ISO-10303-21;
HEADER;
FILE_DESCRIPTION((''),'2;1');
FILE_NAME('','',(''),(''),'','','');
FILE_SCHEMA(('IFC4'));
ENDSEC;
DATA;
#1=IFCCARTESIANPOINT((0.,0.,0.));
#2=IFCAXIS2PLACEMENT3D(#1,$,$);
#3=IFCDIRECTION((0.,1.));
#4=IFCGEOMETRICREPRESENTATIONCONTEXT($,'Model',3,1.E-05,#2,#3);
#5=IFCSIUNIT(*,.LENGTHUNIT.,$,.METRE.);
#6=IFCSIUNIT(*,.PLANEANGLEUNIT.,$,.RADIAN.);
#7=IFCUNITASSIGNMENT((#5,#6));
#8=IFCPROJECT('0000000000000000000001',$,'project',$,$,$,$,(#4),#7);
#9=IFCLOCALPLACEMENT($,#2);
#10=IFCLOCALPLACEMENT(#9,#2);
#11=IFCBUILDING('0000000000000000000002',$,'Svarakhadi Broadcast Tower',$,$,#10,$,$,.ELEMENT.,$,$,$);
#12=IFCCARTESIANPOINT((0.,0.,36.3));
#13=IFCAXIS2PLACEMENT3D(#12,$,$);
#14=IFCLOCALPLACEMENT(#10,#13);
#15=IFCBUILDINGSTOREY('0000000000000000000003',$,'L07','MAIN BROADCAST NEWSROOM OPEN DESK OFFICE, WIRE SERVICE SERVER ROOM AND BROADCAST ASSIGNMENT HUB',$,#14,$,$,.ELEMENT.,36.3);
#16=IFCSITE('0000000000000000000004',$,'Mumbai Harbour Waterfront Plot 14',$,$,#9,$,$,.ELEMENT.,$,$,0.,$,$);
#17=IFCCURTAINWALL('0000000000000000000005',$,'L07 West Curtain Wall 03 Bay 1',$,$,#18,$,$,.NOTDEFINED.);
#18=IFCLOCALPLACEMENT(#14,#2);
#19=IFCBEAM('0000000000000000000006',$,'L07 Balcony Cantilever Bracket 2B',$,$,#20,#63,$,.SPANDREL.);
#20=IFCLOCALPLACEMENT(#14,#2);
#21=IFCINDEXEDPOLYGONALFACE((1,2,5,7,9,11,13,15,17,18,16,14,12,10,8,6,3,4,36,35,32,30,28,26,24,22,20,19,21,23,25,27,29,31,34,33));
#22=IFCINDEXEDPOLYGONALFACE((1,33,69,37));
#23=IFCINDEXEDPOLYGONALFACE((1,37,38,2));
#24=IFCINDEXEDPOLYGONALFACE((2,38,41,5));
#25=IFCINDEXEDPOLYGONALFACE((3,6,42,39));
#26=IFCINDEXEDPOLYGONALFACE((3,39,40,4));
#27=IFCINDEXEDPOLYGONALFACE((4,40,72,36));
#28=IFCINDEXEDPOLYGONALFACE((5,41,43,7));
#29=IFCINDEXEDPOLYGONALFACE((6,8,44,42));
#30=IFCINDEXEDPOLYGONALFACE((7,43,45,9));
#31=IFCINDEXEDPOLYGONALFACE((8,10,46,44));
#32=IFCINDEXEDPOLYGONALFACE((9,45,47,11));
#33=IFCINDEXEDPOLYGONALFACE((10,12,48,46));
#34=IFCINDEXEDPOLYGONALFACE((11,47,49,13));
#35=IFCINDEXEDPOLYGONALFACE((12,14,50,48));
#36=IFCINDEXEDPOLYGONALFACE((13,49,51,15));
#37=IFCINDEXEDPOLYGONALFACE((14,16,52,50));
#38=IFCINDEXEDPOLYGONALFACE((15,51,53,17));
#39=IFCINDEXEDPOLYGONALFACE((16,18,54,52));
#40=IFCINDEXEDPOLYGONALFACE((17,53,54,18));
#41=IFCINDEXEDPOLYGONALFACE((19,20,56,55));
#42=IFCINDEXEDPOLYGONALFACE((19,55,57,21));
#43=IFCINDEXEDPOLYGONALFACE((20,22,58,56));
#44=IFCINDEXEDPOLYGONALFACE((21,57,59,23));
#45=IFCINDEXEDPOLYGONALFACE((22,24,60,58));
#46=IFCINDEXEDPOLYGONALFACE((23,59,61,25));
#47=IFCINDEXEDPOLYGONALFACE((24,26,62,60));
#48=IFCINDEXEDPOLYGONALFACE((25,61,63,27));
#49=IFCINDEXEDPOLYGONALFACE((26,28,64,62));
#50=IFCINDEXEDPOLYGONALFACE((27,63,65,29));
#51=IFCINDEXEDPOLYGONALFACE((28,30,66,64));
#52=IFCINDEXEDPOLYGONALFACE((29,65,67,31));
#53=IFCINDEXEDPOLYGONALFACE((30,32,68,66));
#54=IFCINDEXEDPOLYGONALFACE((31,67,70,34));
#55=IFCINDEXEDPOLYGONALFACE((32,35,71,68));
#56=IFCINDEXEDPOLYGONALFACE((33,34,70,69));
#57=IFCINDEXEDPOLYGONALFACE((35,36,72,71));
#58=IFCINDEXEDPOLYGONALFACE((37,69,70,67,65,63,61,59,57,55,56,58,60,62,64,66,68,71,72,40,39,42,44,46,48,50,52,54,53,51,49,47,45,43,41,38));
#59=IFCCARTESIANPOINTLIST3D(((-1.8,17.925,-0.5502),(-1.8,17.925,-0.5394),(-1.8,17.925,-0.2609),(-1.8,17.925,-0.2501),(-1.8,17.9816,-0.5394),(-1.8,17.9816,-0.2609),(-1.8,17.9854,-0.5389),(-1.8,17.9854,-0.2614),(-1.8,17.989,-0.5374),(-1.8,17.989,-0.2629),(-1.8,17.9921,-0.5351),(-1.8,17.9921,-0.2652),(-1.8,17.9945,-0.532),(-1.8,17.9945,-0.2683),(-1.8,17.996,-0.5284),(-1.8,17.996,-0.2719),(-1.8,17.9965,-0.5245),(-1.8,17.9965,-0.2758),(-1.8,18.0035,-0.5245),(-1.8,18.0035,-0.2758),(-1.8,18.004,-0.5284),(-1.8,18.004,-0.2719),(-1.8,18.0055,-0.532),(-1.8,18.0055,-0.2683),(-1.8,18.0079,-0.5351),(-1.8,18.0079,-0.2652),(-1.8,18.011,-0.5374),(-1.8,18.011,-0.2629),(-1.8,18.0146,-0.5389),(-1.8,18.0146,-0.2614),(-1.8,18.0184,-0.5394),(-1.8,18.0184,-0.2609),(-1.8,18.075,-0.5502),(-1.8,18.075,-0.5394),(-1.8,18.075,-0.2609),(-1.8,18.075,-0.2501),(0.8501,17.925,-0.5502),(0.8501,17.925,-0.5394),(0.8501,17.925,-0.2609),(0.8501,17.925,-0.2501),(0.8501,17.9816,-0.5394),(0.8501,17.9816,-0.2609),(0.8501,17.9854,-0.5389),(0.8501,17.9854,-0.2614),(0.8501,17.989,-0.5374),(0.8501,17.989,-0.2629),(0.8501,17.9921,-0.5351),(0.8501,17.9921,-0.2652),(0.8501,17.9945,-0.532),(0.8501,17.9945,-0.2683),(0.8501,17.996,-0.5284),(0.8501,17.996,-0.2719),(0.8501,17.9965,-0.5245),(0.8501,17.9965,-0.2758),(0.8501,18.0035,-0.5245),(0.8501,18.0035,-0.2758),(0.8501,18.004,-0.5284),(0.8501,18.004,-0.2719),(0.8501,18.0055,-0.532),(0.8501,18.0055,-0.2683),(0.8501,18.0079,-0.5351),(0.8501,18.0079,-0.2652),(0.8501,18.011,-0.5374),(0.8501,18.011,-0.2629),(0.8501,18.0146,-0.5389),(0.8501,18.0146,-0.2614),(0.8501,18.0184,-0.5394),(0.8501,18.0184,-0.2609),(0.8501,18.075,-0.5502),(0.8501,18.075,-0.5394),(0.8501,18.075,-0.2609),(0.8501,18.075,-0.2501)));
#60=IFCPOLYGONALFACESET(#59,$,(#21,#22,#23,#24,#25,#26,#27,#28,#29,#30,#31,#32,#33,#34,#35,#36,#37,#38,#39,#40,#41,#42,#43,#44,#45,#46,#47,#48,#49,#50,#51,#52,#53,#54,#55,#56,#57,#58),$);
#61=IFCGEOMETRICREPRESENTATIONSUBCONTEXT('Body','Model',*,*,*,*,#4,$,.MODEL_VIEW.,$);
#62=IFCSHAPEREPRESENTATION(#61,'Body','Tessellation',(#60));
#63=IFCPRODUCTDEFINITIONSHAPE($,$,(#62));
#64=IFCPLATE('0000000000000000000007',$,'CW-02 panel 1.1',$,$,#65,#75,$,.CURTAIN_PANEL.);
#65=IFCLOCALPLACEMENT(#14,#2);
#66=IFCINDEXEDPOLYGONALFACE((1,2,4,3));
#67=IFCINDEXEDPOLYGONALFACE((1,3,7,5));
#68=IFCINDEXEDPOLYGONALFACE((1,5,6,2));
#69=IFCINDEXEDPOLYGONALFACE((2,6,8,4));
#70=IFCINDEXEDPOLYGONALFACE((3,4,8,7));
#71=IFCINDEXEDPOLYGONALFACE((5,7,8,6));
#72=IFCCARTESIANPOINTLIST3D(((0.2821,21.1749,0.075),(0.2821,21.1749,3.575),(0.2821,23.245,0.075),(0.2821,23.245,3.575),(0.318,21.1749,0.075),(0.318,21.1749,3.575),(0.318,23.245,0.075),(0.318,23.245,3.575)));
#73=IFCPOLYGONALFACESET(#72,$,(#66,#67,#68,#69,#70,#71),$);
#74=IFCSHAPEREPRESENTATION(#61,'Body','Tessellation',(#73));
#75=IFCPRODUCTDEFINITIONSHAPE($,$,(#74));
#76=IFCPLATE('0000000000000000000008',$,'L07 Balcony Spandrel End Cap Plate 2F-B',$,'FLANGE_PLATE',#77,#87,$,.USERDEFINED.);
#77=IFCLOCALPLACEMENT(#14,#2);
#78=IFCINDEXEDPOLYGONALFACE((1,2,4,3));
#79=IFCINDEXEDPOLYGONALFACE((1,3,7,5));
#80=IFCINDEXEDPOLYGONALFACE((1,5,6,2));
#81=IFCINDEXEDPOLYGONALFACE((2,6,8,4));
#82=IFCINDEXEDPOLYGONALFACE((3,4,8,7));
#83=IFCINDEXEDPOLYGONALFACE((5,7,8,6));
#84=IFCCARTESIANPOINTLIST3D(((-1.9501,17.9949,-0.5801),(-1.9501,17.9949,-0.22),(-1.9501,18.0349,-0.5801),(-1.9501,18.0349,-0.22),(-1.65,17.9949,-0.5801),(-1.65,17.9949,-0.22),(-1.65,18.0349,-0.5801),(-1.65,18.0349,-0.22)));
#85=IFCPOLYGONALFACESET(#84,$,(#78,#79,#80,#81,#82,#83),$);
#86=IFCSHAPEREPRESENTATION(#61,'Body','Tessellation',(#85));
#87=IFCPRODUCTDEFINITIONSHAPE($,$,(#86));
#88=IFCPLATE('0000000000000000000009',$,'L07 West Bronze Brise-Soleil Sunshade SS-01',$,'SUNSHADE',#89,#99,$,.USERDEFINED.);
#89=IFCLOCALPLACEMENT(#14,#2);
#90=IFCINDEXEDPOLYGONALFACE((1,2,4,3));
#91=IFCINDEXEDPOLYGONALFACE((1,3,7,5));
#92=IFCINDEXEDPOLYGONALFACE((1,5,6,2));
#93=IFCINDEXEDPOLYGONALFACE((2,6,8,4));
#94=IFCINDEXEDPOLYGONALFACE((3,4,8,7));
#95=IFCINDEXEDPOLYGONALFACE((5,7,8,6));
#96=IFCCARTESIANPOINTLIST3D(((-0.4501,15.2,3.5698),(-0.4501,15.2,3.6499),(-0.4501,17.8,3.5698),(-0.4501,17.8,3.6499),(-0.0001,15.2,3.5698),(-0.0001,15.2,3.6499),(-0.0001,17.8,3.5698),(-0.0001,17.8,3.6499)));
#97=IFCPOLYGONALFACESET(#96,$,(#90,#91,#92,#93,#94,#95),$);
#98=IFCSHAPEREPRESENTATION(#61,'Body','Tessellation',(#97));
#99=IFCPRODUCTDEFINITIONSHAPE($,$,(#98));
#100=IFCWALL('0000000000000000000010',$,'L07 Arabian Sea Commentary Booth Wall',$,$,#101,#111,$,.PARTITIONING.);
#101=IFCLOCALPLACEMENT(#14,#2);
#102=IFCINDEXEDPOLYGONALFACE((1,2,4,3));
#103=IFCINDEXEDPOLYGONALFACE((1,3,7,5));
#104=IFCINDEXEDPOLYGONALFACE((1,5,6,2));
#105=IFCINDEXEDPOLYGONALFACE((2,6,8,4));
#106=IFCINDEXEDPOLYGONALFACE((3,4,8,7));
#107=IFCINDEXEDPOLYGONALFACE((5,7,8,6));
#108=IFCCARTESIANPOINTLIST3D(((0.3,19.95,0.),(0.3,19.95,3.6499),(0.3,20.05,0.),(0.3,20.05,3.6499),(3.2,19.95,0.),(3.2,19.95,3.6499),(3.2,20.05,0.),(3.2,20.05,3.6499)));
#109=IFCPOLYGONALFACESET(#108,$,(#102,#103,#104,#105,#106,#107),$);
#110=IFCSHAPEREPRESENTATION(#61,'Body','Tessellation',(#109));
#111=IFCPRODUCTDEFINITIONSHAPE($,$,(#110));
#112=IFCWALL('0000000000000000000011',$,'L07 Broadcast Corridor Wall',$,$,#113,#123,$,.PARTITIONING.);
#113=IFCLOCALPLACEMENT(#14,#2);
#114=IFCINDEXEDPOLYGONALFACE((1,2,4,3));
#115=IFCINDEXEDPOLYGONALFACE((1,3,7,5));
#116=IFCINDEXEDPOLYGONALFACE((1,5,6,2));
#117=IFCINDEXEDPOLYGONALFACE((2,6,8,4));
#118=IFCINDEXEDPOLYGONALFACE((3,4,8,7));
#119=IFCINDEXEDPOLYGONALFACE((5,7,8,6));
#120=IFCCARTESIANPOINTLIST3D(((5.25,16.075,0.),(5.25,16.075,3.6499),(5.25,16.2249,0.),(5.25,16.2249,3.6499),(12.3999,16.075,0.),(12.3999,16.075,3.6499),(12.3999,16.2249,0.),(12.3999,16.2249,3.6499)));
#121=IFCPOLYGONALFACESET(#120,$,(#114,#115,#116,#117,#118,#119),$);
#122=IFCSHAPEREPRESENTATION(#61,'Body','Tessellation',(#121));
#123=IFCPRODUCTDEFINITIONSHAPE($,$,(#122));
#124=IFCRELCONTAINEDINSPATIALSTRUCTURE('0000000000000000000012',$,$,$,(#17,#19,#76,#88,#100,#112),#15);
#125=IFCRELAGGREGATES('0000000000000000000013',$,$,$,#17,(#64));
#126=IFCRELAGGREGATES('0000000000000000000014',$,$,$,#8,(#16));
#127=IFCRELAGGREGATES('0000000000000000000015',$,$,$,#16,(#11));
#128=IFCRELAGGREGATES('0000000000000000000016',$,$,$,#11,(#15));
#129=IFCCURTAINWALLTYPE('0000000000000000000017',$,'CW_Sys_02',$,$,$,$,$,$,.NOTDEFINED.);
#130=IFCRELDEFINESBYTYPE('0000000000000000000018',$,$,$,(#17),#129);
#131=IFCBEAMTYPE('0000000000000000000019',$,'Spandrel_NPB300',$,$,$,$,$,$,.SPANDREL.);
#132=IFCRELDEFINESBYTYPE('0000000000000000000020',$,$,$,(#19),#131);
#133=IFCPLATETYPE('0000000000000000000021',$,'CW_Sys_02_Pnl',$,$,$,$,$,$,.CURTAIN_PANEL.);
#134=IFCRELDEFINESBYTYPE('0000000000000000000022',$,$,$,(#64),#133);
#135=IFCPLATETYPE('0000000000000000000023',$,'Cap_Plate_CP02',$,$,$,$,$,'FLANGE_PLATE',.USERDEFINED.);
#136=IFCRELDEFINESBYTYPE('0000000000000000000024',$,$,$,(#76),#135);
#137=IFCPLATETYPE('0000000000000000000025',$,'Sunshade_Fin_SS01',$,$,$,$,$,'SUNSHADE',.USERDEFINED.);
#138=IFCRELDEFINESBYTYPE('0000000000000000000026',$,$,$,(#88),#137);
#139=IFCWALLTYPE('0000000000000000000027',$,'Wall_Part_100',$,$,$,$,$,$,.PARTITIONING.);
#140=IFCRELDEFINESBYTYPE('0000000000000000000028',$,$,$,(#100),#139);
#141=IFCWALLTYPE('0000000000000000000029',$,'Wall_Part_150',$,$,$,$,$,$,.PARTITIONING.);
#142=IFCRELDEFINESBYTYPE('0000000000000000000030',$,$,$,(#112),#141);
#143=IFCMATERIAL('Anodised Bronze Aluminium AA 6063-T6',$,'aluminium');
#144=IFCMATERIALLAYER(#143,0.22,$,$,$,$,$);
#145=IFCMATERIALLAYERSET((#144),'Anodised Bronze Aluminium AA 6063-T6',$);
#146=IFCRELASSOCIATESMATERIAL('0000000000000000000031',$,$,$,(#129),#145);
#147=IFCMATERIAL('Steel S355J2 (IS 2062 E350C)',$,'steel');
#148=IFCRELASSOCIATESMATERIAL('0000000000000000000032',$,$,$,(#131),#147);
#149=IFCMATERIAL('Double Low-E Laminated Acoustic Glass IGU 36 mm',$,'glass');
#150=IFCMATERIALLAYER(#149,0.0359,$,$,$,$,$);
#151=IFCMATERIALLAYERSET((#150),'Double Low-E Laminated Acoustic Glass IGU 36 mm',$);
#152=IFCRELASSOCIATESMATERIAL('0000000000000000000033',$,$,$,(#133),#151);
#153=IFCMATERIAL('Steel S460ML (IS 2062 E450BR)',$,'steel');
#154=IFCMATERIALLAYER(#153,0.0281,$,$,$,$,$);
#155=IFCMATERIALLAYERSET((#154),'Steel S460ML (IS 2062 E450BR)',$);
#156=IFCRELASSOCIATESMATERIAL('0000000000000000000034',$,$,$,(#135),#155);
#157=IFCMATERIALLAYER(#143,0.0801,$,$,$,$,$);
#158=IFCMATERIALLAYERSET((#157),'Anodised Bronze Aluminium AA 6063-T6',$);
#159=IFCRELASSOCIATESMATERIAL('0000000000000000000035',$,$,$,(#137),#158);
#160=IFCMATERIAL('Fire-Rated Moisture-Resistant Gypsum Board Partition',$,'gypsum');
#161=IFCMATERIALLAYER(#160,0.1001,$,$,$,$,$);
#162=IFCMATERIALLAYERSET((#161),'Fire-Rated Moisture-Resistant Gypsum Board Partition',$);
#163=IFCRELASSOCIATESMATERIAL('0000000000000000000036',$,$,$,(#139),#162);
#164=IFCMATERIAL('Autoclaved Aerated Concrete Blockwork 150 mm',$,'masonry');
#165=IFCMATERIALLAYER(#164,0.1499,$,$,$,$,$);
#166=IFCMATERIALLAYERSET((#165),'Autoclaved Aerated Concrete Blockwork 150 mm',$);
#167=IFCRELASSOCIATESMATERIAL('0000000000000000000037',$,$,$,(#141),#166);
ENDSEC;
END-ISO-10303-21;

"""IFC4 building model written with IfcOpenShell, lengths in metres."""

from ifc_helpers import new_model, si_unit, direction, frame, frame_2d, origin, origin_2d, place, context, subcontext, project, spatial, rectangle, i_section, extrude, material, layer, layer_set, material_profile, profile_set, type_object, element, aggregate, save


model = new_model("IFC4")

# Units and contexts
model_context = context("Model", 3, precision=1e-05, world=origin(), true_north=direction((0.0, 1.0)))
body_context = subcontext(model_context, "Body", "Model", "MODEL_VIEW")
ifc_project = project(units=[si_unit("LENGTHUNIT", "METRE"), si_unit("PLANEANGLEUNIT", "RADIAN")], contexts=[model_context])

# Site, building, storey
site_placement = place(None, origin())
site = spatial("IfcSite", under=ifc_project, at=site_placement, Name="Mumbai Harbour Waterfront Plot 14", CompositionType="ELEMENT", RefElevation=0.0)
building_placement = place(site_placement, origin())
building = spatial("IfcBuilding", under=site, at=building_placement, Name="Svarakhadi Broadcast Tower", CompositionType="ELEMENT")
storey_placement = place(building_placement, frame((0.0, 0.0, 36.3)))
storey = spatial("IfcBuildingStorey", under=building, at=storey_placement, Name="L07", Description="MAIN BROADCAST NEWSROOM OPEN DESK OFFICE, WIRE SERVICE SERVER ROOM AND BROADCAST ASSIGNMENT HUB", CompositionType="ELEMENT", Elevation=36.3)

# Shared definitions
ifc_material_1 = material(Name="Steel S460ML (IS 2062 E450BR)", Category="steel")

# Shared definitions
ifc_material_2 = material(Name="Steel S355J2 (IS 2062 E350C)", Category="steel")

# Curtain wall
ifc_material_3 = material(Name="Anodised Bronze Aluminium AA 6063-T6", Category="aluminium")
ifc_layer_1 = layer(ifc_material_3, 0.22)
ifc_layer_set_1 = layer_set([ifc_layer_1], Name="Anodised Bronze Aluminium AA 6063-T6")
curtain_wall_type = type_object("IfcCurtainWallType", Name="CW_Sys_02", PredefinedType="NOTDEFINED", material=ifc_layer_set_1)
curtain_wall_placement = place(storey_placement, origin())
curtain_wall = element("IfcCurtainWall", 1, at=curtain_wall_placement, inside=storey, type_object=curtain_wall_type, Name="L07 West Curtain Wall 03 Bay 1", PredefinedType="NOTDEFINED")

# Beam
ifc_material_profile_1 = material_profile(ifc_material_2, i_section(OverallWidth=0.1499, OverallDepth=0.3, WebThickness=0.0071, FlangeThickness=0.0107, FilletRadius=0.0149, at=origin_2d()), Name="NPB 300x150x37")
ifc_profile_set_1 = profile_set([ifc_material_profile_1], Name="Steel S355J2 (IS 2062 E350C)")
beam_type_1 = type_object("IfcBeamType", Name="Spandrel_NPB300", PredefinedType="SPANDREL", material=ifc_profile_set_1)
beam_1_placement = place(storey_placement, frame((0.8501, 18.0, -0.4001), z_axis=(-1.0, 0.0, 0.0), x_axis=(0.0, -1.0, 0.0)))
element("IfcBeam", 2, at=beam_1_placement, inside=storey, type_object=beam_type_1, Name="L07 Balcony Cantilever Bracket 2B", PredefinedType="SPANDREL", context=body_context, shape_type="SweptSolid", body=[
    extrude(i_section(OverallWidth=0.1499, OverallDepth=0.3, WebThickness=0.0071, FlangeThickness=0.0107, FilletRadius=0.0149, at=origin_2d()), origin(), (0.0, 0.0, 1.0), 2.6501),
])

# Plate
ifc_material_4 = material(Name="Double Low-E Laminated Acoustic Glass IGU 36 mm", Category="glass")
ifc_layer_2 = layer(ifc_material_4, 0.0359)
ifc_layer_set_2 = layer_set([ifc_layer_2], Name="Double Low-E Laminated Acoustic Glass IGU 36 mm")
plate_type_1 = type_object("IfcPlateType", Name="CW_Sys_02_Pnl", PredefinedType="CURTAIN_PANEL", material=ifc_layer_set_2)
plate_1_placement = place(storey_placement, frame((0.3, 22.21, 0.075), z_axis=(0.0, 0.0, 1.0), x_axis=(0.0, 1.0, 0.0)))
plate_1 = element("IfcPlate", 3, at=plate_1_placement, type_object=plate_type_1, Name="CW-02 panel 1.1", PredefinedType="CURTAIN_PANEL", context=body_context, shape_type="SweptSolid", body=[
    extrude(rectangle(XDim=2.0701, YDim=0.0359, at=origin_2d()), origin(), (0.0, 0.0, 1.0), 3.5),
])
aggregate(curtain_wall, [plate_1])

# Plates
ifc_layer_3 = layer(ifc_material_1, 0.0281)
ifc_layer_set_3 = layer_set([ifc_layer_3], Name="Steel S460ML (IS 2062 E450BR)")
plate_type_2 = type_object("IfcPlateType", Name="Cap_Plate_CP02", ElementType="FLANGE_PLATE", PredefinedType="USERDEFINED", material=ifc_layer_set_3)
plate_2_placement = place(storey_placement, frame((-1.8, 18.0149, -0.5801), z_axis=(0.0, 0.0, 1.0), x_axis=(1.0, 0.0, 0.0)))
element("IfcPlate", 4, at=plate_2_placement, inside=storey, type_object=plate_type_2, Name="L07 Balcony Spandrel End Cap Plate 2F-B", ObjectType="FLANGE_PLATE", PredefinedType="USERDEFINED", context=body_context, shape_type="SweptSolid", body=[
    extrude(rectangle(XDim=0.3, YDim=0.04, at=origin_2d()), origin(), (0.0, 0.0, 1.0), 0.3601),
])
ifc_layer_4 = layer(ifc_material_3, 0.0801)
ifc_layer_set_4 = layer_set([ifc_layer_4], Name="Anodised Bronze Aluminium AA 6063-T6")
plate_type_3 = type_object("IfcPlateType", Name="Sunshade_Fin_SS01", ElementType="SUNSHADE", PredefinedType="USERDEFINED", material=ifc_layer_set_4)
plate_3_placement = place(storey_placement, frame((-0.2251, 16.5, 3.5698), z_axis=(0.0, 0.0, 1.0), x_axis=(0.0, 1.0, 0.0)))
element("IfcPlate", 5, at=plate_3_placement, inside=storey, type_object=plate_type_3, Name="L07 West Bronze Brise-Soleil Sunshade SS-01", ObjectType="SUNSHADE", PredefinedType="USERDEFINED", context=body_context, shape_type="SweptSolid", body=[
    extrude(rectangle(XDim=2.6001, YDim=0.45, at=origin_2d()), origin(), (0.0, 0.0, 1.0), 0.0801),
])

# Walls
ifc_material_5 = material(Name="Fire-Rated Moisture-Resistant Gypsum Board Partition", Category="gypsum")
ifc_layer_5 = layer(ifc_material_5, 0.1001)
ifc_layer_set_5 = layer_set([ifc_layer_5], Name="Fire-Rated Moisture-Resistant Gypsum Board Partition")
wall_type_1 = type_object("IfcWallType", Name="Wall_Part_100", PredefinedType="PARTITIONING", material=ifc_layer_set_5)
wall_1_placement = place(storey_placement, frame((0.3, 20.0, 0.0), z_axis=(0.0, 0.0, 1.0), x_axis=(1.0, 0.0, 0.0)))
element("IfcWall", 6, at=wall_1_placement, inside=storey, type_object=wall_type_1, Name="L07 Arabian Sea Commentary Booth Wall", PredefinedType="PARTITIONING", context=body_context, shape_type="SweptSolid", body=[
    extrude(rectangle(XDim=2.8999, YDim=0.1001, at=frame_2d((1.45, 0.0))), origin(), (0.0, 0.0, 1.0), 3.6499),
])
ifc_material_6 = material(Name="Autoclaved Aerated Concrete Blockwork 150 mm", Category="masonry")
ifc_layer_6 = layer(ifc_material_6, 0.1499)
ifc_layer_set_6 = layer_set([ifc_layer_6], Name="Autoclaved Aerated Concrete Blockwork 150 mm")
wall_type_2 = type_object("IfcWallType", Name="Wall_Part_150", PredefinedType="PARTITIONING", material=ifc_layer_set_6)
wall_2_placement = place(storey_placement, frame((5.25, 16.1499, 0.0), z_axis=(0.0, 0.0, 1.0), x_axis=(1.0, 0.0, 0.0)))
element("IfcWall", 7, at=wall_2_placement, inside=storey, type_object=wall_type_2, Name="L07 Broadcast Corridor Wall", PredefinedType="PARTITIONING", context=body_context, shape_type="SweptSolid", body=[
    extrude(rectangle(XDim=7.1499, YDim=0.1499, at=frame_2d((3.575, 0.0))), origin(), (0.0, 0.0, 1.0), 3.6499),
])

save(model, "model.ifc")
